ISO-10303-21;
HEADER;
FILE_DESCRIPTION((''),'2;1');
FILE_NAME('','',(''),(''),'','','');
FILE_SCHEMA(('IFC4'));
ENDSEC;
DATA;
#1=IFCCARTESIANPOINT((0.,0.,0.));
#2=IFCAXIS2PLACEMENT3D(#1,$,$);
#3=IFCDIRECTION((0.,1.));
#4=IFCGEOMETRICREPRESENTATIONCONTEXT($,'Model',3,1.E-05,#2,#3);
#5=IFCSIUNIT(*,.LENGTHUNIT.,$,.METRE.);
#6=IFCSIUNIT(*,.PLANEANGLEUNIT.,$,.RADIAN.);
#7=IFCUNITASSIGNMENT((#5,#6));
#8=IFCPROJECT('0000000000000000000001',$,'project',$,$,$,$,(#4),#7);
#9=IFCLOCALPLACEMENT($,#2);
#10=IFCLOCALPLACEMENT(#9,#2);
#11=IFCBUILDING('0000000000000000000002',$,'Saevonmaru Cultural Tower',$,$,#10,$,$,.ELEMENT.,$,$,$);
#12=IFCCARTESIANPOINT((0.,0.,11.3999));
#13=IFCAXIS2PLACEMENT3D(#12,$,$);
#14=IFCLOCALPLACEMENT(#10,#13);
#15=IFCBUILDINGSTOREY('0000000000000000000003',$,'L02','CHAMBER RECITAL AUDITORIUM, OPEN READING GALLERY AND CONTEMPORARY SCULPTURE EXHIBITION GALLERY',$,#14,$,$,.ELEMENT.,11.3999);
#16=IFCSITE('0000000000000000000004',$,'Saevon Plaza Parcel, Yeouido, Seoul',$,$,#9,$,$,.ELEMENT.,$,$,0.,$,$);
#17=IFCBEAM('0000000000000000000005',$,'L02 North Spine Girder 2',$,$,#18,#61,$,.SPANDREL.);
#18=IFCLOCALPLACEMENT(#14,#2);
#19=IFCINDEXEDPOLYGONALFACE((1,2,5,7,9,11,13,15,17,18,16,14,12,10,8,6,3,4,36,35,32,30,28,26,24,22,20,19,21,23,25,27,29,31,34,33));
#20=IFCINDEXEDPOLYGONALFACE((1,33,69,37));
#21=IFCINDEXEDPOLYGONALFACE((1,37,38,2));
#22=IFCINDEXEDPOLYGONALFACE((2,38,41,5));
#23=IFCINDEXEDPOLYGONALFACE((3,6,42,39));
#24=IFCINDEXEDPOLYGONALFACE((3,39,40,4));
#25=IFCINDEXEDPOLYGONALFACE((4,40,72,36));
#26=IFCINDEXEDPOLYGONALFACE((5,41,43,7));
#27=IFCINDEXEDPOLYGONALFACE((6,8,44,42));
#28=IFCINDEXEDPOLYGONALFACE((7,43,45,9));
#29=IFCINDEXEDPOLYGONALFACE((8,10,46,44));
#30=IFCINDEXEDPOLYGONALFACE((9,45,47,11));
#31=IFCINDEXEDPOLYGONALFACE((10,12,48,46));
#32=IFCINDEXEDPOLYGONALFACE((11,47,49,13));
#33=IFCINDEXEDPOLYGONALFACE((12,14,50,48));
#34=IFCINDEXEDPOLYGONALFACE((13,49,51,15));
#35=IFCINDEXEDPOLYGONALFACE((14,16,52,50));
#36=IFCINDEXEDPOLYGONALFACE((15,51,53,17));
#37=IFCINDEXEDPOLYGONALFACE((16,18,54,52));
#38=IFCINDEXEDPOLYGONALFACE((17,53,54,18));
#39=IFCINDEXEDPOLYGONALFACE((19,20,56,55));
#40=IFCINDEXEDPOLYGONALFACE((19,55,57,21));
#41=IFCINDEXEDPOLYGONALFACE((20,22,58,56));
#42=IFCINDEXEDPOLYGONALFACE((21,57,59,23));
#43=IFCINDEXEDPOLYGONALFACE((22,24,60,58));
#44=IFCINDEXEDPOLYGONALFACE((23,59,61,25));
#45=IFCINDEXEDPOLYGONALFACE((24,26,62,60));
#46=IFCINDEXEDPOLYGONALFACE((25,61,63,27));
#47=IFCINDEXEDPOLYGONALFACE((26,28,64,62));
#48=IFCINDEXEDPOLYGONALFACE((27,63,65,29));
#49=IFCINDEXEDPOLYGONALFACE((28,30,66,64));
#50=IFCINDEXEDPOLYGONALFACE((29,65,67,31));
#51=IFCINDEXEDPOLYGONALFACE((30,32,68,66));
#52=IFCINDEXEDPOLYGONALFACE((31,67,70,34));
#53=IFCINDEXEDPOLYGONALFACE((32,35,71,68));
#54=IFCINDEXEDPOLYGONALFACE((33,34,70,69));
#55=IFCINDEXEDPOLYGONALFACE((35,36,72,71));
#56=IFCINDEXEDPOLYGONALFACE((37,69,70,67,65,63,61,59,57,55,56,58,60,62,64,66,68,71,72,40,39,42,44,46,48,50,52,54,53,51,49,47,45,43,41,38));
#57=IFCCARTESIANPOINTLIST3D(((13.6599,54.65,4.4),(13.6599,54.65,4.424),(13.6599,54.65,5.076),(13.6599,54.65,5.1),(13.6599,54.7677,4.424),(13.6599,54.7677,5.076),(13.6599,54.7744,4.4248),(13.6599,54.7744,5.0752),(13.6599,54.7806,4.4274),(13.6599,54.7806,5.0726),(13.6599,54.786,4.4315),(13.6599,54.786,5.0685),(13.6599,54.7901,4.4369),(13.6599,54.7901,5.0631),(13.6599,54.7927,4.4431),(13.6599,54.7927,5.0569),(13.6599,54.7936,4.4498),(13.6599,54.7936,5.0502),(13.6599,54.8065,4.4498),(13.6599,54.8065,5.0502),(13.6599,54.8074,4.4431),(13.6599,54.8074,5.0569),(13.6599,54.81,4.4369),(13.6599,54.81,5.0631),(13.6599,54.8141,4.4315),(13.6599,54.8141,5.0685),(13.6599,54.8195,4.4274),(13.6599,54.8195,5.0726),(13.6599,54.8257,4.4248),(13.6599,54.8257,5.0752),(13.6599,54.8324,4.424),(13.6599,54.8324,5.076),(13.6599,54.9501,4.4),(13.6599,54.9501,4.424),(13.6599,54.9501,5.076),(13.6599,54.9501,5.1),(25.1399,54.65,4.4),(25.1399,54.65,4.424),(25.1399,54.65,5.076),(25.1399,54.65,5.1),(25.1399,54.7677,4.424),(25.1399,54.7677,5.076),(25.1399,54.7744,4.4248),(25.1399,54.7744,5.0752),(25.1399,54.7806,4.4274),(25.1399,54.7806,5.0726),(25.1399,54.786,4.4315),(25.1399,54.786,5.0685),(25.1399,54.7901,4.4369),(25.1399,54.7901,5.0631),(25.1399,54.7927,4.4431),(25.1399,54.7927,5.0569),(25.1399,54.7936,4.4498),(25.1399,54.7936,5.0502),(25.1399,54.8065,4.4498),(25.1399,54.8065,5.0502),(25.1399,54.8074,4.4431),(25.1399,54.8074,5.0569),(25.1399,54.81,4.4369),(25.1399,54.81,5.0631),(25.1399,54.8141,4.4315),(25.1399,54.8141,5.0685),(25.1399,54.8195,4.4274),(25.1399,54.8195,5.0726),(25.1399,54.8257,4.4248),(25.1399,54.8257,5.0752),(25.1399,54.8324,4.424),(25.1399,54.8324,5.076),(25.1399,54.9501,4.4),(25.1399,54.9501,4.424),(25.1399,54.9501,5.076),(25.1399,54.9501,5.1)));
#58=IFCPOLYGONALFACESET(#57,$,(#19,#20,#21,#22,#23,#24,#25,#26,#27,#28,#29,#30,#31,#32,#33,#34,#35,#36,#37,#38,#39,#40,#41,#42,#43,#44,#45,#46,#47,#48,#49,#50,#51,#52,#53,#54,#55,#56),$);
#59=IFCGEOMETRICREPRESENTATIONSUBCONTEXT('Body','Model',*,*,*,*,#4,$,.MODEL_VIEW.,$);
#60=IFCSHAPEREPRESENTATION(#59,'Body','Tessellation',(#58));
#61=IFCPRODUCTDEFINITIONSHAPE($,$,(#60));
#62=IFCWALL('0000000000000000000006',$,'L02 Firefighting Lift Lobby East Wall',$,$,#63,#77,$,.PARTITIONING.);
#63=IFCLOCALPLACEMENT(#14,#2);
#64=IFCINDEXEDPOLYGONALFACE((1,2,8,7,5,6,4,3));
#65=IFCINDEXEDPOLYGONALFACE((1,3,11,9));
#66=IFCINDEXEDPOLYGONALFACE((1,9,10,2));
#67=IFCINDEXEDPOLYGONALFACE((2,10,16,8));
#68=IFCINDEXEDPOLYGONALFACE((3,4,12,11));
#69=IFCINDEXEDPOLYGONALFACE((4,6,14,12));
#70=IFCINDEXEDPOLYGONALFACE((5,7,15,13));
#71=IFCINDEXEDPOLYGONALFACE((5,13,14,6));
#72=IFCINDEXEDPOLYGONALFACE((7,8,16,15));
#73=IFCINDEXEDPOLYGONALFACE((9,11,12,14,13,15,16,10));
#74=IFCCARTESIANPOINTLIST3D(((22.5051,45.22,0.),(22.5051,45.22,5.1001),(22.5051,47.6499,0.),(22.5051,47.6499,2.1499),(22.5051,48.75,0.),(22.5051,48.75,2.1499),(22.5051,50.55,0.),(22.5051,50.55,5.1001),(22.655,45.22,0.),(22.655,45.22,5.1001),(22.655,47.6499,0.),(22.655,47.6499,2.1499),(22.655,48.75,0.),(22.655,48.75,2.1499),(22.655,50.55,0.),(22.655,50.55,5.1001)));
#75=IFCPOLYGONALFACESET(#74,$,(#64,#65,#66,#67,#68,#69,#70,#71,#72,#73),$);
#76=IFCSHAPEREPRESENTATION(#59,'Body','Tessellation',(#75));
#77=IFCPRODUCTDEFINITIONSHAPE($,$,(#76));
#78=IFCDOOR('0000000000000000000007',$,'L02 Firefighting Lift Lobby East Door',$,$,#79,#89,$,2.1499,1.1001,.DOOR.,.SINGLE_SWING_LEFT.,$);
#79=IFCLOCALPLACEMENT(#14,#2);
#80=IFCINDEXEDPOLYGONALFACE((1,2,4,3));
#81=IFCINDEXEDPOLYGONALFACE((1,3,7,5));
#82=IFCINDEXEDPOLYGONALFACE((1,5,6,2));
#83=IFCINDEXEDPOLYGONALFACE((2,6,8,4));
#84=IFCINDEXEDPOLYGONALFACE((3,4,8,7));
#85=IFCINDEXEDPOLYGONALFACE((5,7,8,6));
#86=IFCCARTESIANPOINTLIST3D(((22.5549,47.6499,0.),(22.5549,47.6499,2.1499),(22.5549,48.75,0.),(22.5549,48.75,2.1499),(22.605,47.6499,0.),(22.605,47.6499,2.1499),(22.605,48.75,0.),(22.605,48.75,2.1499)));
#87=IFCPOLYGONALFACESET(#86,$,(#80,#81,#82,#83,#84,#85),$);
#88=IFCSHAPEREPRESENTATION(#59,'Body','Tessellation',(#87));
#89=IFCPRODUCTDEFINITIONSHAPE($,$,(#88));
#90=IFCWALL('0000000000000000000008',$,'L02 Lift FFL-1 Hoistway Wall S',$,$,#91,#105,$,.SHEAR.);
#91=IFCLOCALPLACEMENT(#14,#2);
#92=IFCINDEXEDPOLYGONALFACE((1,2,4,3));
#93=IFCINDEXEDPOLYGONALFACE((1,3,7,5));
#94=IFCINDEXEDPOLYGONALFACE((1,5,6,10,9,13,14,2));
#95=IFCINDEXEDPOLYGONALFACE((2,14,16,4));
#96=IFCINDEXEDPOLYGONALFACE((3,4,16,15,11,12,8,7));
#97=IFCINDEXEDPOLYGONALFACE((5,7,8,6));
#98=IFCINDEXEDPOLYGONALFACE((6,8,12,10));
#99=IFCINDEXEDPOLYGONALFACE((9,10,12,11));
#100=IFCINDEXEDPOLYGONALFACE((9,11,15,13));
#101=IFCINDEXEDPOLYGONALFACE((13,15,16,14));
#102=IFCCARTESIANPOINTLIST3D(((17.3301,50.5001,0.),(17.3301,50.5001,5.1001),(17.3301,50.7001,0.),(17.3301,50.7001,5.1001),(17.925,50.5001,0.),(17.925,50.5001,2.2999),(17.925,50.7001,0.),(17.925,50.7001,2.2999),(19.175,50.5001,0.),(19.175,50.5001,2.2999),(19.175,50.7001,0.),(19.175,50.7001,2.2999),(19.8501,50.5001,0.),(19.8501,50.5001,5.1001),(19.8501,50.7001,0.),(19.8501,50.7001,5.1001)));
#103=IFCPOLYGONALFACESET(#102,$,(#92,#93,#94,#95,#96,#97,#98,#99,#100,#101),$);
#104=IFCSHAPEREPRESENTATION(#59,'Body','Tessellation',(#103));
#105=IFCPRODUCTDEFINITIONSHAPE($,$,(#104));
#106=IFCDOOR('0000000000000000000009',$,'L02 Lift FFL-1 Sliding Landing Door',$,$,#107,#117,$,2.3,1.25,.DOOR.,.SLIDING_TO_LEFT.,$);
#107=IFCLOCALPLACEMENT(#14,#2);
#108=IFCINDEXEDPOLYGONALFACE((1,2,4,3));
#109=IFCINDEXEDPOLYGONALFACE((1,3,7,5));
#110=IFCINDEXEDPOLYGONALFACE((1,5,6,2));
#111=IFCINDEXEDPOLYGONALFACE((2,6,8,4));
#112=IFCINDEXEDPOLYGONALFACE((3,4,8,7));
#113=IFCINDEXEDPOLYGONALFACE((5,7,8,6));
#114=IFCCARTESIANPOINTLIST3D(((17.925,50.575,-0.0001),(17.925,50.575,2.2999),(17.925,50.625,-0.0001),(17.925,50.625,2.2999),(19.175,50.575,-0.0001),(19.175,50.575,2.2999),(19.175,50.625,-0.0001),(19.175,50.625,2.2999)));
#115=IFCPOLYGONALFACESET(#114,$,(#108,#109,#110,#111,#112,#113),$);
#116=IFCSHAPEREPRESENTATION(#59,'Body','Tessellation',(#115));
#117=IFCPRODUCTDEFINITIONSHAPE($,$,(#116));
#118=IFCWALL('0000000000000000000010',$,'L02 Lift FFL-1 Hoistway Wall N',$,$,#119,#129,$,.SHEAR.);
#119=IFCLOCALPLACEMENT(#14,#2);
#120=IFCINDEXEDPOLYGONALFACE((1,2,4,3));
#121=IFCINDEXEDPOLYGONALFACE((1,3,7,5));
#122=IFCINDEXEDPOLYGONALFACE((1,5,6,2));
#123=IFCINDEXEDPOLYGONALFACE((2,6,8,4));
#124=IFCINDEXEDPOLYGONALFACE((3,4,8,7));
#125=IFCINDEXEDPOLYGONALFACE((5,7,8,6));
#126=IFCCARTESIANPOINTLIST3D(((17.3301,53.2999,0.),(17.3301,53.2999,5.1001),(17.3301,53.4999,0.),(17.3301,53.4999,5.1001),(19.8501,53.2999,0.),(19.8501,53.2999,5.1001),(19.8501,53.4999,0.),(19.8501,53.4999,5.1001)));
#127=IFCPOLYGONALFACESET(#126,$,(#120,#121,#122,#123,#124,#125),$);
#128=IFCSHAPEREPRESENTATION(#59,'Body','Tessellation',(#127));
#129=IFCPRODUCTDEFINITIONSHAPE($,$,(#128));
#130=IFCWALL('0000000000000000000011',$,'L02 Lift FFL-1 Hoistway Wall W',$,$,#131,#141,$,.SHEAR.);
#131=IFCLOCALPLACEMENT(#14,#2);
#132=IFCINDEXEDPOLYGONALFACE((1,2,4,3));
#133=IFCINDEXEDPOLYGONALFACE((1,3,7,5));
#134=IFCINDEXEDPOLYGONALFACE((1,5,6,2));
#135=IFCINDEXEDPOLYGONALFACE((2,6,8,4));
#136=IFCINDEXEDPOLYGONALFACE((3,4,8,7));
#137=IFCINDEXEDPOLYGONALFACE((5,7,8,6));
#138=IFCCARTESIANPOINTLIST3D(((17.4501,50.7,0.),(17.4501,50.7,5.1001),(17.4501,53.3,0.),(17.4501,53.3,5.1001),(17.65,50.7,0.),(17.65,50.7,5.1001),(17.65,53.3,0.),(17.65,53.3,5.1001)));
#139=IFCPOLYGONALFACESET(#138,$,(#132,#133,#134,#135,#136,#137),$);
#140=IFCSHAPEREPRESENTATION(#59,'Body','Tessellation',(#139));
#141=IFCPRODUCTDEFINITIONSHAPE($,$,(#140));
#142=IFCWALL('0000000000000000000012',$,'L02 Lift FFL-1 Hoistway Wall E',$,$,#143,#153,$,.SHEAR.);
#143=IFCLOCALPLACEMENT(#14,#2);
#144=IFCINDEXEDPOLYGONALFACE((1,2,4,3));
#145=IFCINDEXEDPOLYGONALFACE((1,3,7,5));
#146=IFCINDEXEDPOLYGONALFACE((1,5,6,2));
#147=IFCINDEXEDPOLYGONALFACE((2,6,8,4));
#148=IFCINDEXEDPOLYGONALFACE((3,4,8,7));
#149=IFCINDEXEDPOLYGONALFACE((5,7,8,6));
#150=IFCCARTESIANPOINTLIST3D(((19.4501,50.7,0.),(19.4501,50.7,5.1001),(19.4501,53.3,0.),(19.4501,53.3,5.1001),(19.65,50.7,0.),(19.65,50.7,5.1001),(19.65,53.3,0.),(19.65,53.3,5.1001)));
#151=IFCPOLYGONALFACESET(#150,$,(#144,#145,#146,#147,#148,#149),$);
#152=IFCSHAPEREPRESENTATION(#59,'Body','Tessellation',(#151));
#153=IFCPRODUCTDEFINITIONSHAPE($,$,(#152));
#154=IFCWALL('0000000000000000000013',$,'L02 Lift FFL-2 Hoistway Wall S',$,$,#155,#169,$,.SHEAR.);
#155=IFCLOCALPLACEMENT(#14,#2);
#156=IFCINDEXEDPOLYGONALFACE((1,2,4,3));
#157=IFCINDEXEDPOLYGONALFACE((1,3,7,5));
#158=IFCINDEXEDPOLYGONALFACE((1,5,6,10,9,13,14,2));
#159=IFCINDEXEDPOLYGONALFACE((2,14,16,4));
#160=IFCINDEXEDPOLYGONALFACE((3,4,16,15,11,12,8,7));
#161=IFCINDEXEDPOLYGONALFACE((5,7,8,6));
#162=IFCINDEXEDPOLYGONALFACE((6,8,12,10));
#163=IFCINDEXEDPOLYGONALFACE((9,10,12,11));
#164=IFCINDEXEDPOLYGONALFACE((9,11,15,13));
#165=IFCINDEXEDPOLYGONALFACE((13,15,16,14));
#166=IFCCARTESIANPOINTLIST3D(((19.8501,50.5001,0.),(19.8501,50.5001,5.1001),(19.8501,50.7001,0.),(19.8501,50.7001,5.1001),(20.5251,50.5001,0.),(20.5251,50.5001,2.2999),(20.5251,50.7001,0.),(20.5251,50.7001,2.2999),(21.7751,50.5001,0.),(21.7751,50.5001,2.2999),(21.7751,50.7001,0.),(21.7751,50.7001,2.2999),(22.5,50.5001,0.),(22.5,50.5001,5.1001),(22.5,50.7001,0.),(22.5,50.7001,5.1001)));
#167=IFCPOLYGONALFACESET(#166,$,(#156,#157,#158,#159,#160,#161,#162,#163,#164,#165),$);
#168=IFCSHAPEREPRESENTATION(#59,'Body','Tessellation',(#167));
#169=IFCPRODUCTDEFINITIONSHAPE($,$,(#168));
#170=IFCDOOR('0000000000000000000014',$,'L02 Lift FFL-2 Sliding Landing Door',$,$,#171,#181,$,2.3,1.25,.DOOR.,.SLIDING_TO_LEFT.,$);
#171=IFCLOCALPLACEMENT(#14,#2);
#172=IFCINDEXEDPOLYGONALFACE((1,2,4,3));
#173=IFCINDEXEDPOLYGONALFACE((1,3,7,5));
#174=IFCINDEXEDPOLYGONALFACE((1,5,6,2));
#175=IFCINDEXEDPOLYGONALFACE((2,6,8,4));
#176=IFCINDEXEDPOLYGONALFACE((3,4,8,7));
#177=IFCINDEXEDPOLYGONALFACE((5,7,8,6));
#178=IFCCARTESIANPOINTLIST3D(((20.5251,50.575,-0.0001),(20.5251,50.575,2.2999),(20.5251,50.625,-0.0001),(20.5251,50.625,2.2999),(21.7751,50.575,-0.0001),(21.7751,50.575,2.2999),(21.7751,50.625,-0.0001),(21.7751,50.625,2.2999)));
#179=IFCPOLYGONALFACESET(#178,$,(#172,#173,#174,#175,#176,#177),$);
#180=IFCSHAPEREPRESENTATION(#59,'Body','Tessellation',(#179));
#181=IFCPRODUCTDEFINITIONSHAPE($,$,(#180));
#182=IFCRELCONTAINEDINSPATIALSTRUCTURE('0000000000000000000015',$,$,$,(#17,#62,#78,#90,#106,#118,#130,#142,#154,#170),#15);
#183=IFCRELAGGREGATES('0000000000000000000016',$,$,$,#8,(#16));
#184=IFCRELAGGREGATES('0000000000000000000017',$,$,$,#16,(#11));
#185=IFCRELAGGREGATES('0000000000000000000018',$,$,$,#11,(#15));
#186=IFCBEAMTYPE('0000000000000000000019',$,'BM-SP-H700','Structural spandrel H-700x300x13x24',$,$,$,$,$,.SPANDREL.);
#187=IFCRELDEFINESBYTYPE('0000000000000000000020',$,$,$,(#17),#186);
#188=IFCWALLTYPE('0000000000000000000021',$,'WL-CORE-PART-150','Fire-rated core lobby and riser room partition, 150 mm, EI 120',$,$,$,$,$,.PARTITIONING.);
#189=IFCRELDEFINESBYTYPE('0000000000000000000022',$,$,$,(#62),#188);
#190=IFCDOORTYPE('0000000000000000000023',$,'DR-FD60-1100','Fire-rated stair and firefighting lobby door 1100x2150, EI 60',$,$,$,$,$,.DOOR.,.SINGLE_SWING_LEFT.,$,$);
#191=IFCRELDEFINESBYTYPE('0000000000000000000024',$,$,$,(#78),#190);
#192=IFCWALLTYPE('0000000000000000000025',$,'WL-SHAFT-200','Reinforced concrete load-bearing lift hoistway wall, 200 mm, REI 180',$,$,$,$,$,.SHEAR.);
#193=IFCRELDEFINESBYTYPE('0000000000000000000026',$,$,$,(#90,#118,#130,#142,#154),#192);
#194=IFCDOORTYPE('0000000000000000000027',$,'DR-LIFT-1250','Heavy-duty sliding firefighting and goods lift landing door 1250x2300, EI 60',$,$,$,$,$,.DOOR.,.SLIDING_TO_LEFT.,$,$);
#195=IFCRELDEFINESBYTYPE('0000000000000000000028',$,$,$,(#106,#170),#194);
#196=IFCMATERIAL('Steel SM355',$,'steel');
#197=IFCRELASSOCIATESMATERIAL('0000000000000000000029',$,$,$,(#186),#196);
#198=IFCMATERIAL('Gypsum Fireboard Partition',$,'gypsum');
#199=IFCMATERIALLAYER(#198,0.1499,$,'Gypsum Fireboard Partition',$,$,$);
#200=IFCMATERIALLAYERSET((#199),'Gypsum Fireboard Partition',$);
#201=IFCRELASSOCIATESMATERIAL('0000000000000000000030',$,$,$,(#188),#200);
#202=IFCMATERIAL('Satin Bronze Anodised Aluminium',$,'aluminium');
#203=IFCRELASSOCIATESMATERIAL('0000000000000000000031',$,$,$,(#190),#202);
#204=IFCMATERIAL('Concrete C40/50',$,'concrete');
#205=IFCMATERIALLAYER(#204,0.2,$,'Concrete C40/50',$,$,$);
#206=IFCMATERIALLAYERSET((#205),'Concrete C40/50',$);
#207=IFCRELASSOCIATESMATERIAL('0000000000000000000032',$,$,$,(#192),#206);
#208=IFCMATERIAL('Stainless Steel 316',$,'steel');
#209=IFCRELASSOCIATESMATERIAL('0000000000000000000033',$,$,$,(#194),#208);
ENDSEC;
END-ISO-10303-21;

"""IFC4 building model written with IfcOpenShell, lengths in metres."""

from ifc_helpers import new_model, si_unit, direction, frame, frame_2d, origin, origin_2d, place, context, subcontext, project, spatial, rectangle, i_section, extrude, material, layer, layer_set, material_profile, profile_set, type_object, element, fill, save


model = new_model("IFC4")

# Units and contexts
model_context = context("Model", 3, precision=1e-05, world=origin(), true_north=direction((0.0, 1.0)))
body_context = subcontext(model_context, "Body", "Model", "MODEL_VIEW")
ifc_project = project(units=[si_unit("LENGTHUNIT", "METRE"), si_unit("PLANEANGLEUNIT", "RADIAN")], contexts=[model_context])

# Site, building, storey
site_placement = place(None, origin())
site = spatial("IfcSite", under=ifc_project, at=site_placement, Name="Saevon Plaza Parcel, Yeouido, Seoul", CompositionType="ELEMENT", RefElevation=0.0)
building_placement = place(site_placement, origin())
building = spatial("IfcBuilding", under=site, at=building_placement, Name="Saevonmaru Cultural Tower", CompositionType="ELEMENT")
storey_placement = place(building_placement, frame((0.0, 0.0, 11.3999)))
storey = spatial("IfcBuildingStorey", under=building, at=storey_placement, Name="L02", Description="CHAMBER RECITAL AUDITORIUM, OPEN READING GALLERY AND CONTEMPORARY SCULPTURE EXHIBITION GALLERY", CompositionType="ELEMENT", Elevation=11.3999)

# Beam
ifc_material_1 = material(Name="Steel SM355", Category="steel")
ifc_material_profile = material_profile(ifc_material_1, i_section(OverallWidth=0.3, OverallDepth=0.7, WebThickness=0.0129, FlangeThickness=0.0239, FilletRadius=0.0259, at=origin_2d()), Name="H-700x300x13x24")
ifc_profile_set = profile_set([ifc_material_profile], Name="Steel SM355")
beam_type = type_object("IfcBeamType", Name="BM-SP-H700", Description="Structural spandrel H-700x300x13x24", PredefinedType="SPANDREL", material=ifc_profile_set)
beam_placement = place(storey_placement, frame((13.6599, 54.8, 4.75), z_axis=(1.0, 0.0, 0.0), x_axis=(0.0, 1.0, 0.0)))
element("IfcBeam", 1, at=beam_placement, inside=storey, type_object=beam_type, Name="L02 North Spine Girder 2", PredefinedType="SPANDREL", context=body_context, shape_type="SweptSolid", body=[
    extrude(i_section(OverallWidth=0.3, OverallDepth=0.7, WebThickness=0.0129, FlangeThickness=0.0239, FilletRadius=0.0259, at=origin_2d()), origin(), (0.0, 0.0, 1.0), 11.48),
])

# Walls, openings, doors
ifc_material_2 = material(Name="Gypsum Fireboard Partition", Category="gypsum")
ifc_layer_1 = layer(ifc_material_2, 0.1499, Name="Gypsum Fireboard Partition")
ifc_layer_set_1 = layer_set([ifc_layer_1], Name="Gypsum Fireboard Partition")
wall_type_1 = type_object("IfcWallType", Name="WL-CORE-PART-150", Description="Fire-rated core lobby and riser room partition, 150 mm, EI 120", PredefinedType="PARTITIONING", material=ifc_layer_set_1)
wall_1_placement = place(storey_placement, frame((22.5801, 50.55, 0.0), z_axis=(0.0, 0.0, 1.0), x_axis=(0.0, -1.0, 0.0)))
wall_1 = element("IfcWall", 2, at=wall_1_placement, inside=storey, type_object=wall_type_1, Name="L02 Firefighting Lift Lobby East Wall", PredefinedType="PARTITIONING", context=body_context, shape_type="SweptSolid", body=[
    extrude(rectangle(XDim=5.3301, YDim=0.1499, at=frame_2d((2.665, 0.0))), origin(), (0.0, 0.0, 1.0), 5.1001),
])
opening_1_placement = place(wall_1_placement, frame((1.8, 0.0, 0.0)))
opening_1 = element("IfcOpeningElement", 3, at=opening_1_placement, cuts=wall_1, PredefinedType="OPENING", context=body_context, shape_type="SweptSolid", body=[
    extrude(rectangle(XDim=1.1001, YDim=2.1499, at=frame_2d((0.55, 1.075))), frame((0.0, 0.085, 0.0), z_axis=(0.0, -1.0, 0.0), x_axis=(1.0, 0.0, 0.0)), (0.0, 0.0, 1.0), 0.1699),
])
ifc_material_3 = material(Name="Satin Bronze Anodised Aluminium", Category="aluminium")
door_type_1 = type_object("IfcDoorType", Name="DR-FD60-1100", Description="Fire-rated stair and firefighting lobby door 1100x2150, EI 60", OperationType="SINGLE_SWING_LEFT", PredefinedType="DOOR", material=ifc_material_3)
door_1_placement = place(opening_1_placement, origin())
door_1 = element("IfcDoor", 4, at=door_1_placement, inside=storey, type_object=door_type_1, Name="L02 Firefighting Lift Lobby East Door", OperationType="SINGLE_SWING_LEFT", OverallHeight=2.1499, OverallWidth=1.1001, PredefinedType="DOOR", context=body_context, shape_type="SweptSolid", body=[
    extrude(rectangle(XDim=1.1001, YDim=2.1499, at=frame_2d((0.55, 1.075))), frame((0.0, 0.0249, 0.0), z_axis=(0.0, -1.0, 0.0), x_axis=(1.0, 0.0, 0.0)), (0.0, 0.0, 1.0), 0.05),
])
fill(opening_1, door_1)
ifc_material_4 = material(Name="Concrete C40/50", Category="concrete")
ifc_layer_2 = layer(ifc_material_4, 0.2, Name="Concrete C40/50")
ifc_layer_set_2 = layer_set([ifc_layer_2], Name="Concrete C40/50")
wall_type_2 = type_object("IfcWallType", Name="WL-SHAFT-200", Description="Reinforced concrete load-bearing lift hoistway wall, 200 mm, REI 180", PredefinedType="SHEAR", material=ifc_layer_set_2)
wall_2_placement = place(storey_placement, frame((17.3301, 50.6001, 0.0), z_axis=(0.0, 0.0, 1.0), x_axis=(1.0, 0.0, 0.0)))
wall_2 = element("IfcWall", 5, at=wall_2_placement, inside=storey, type_object=wall_type_2, Name="L02 Lift FFL-1 Hoistway Wall S", PredefinedType="SHEAR", context=body_context, shape_type="SweptSolid", body=[
    extrude(rectangle(XDim=2.52, YDim=0.2, at=frame_2d((1.26, 0.0))), origin(), (0.0, 0.0, 1.0), 5.1001),
])
opening_2_placement = place(wall_2_placement, frame((0.595, 0.0, 0.0)))
opening_2 = element("IfcOpeningElement", 6, at=opening_2_placement, cuts=wall_2, PredefinedType="OPENING", context=body_context, shape_type="SweptSolid", body=[
    extrude(rectangle(XDim=1.25, YDim=2.3, at=frame_2d((0.625, 1.1499))), frame((0.0, 0.1099, 0.0), z_axis=(0.0, -1.0, 0.0), x_axis=(1.0, 0.0, 0.0)), (0.0, 0.0, 1.0), 0.22),
])
ifc_material_5 = material(Name="Stainless Steel 316", Category="steel")
door_type_2 = type_object("IfcDoorType", Name="DR-LIFT-1250", Description="Heavy-duty sliding firefighting and goods lift landing door 1250x2300, EI 60", OperationType="SLIDING_TO_LEFT", PredefinedType="DOOR", material=ifc_material_5)
door_2_placement = place(opening_2_placement, origin())
door_2 = element("IfcDoor", 7, at=door_2_placement, inside=storey, type_object=door_type_2, Name="L02 Lift FFL-1 Sliding Landing Door", OperationType="SLIDING_TO_LEFT", OverallHeight=2.3, OverallWidth=1.25, PredefinedType="DOOR", context=body_context, shape_type="SweptSolid", body=[
    extrude(rectangle(XDim=1.25, YDim=2.3, at=frame_2d((0.625, 1.1499))), frame((0.0, 0.0249, 0.0), z_axis=(0.0, -1.0, 0.0), x_axis=(1.0, 0.0, 0.0)), (0.0, 0.0, 1.0), 0.05),
])
fill(opening_2, door_2)

# Walls
wall_3_placement = place(storey_placement, frame((17.3301, 53.3999, 0.0), z_axis=(0.0, 0.0, 1.0), x_axis=(1.0, 0.0, 0.0)))
element("IfcWall", 8, at=wall_3_placement, inside=storey, type_object=wall_type_2, Name="L02 Lift FFL-1 Hoistway Wall N", PredefinedType="SHEAR", context=body_context, shape_type="SweptSolid", body=[
    extrude(rectangle(XDim=2.52, YDim=0.2, at=frame_2d((1.26, 0.0))), origin(), (0.0, 0.0, 1.0), 5.1001),
])
for number, where, z_axis, x_axis, name in (
    (9, (17.55, 50.7, 0.0), (0.0, 0.0, 1.0), (0.0, 1.0, 0.0), "L02 Lift FFL-1 Hoistway Wall W"),
    (10, (19.55, 50.7, 0.0), (0.0, 0.0, 1.0), (0.0, 1.0, 0.0), "L02 Lift FFL-1 Hoistway Wall E"),
):
    element("IfcWall", number, at=place(storey_placement, frame(where, z_axis=z_axis, x_axis=x_axis)), inside=storey, type_object=wall_type_2, Name=name, PredefinedType="SHEAR", context=body_context, shape_type="SweptSolid", body=[
        extrude(rectangle(XDim=2.6001, YDim=0.2, at=frame_2d((1.3, 0.0))), origin(), (0.0, 0.0, 1.0), 5.1001),
    ])

# Wall, opening, door
wall_4_placement = place(storey_placement, frame((19.8501, 50.6001, 0.0), z_axis=(0.0, 0.0, 1.0), x_axis=(1.0, 0.0, 0.0)))
wall_4 = element("IfcWall", 11, at=wall_4_placement, inside=storey, type_object=wall_type_2, Name="L02 Lift FFL-2 Hoistway Wall S", PredefinedType="SHEAR", context=body_context, shape_type="SweptSolid", body=[
    extrude(rectangle(XDim=2.6499, YDim=0.2, at=frame_2d((1.325, 0.0))), origin(), (0.0, 0.0, 1.0), 5.1001),
])
opening_3_placement = place(wall_4_placement, frame((0.675, 0.0, 0.0)))
opening_3 = element("IfcOpeningElement", 12, at=opening_3_placement, cuts=wall_4, PredefinedType="OPENING", context=body_context, shape_type="SweptSolid", body=[
    extrude(rectangle(XDim=1.25, YDim=2.3, at=frame_2d((0.625, 1.1499))), frame((0.0, 0.1099, 0.0), z_axis=(0.0, -1.0, 0.0), x_axis=(1.0, 0.0, 0.0)), (0.0, 0.0, 1.0), 0.22),
])
door_3_placement = place(opening_3_placement, origin())
door_3 = element("IfcDoor", 13, at=door_3_placement, inside=storey, type_object=door_type_2, Name="L02 Lift FFL-2 Sliding Landing Door", OperationType="SLIDING_TO_LEFT", OverallHeight=2.3, OverallWidth=1.25, PredefinedType="DOOR", context=body_context, shape_type="SweptSolid", body=[
    extrude(rectangle(XDim=1.25, YDim=2.3, at=frame_2d((0.625, 1.1499))), frame((0.0, 0.0249, 0.0), z_axis=(0.0, -1.0, 0.0), x_axis=(1.0, 0.0, 0.0)), (0.0, 0.0, 1.0), 0.05),
])
fill(opening_3, door_3)

save(model, "model.ifc")
